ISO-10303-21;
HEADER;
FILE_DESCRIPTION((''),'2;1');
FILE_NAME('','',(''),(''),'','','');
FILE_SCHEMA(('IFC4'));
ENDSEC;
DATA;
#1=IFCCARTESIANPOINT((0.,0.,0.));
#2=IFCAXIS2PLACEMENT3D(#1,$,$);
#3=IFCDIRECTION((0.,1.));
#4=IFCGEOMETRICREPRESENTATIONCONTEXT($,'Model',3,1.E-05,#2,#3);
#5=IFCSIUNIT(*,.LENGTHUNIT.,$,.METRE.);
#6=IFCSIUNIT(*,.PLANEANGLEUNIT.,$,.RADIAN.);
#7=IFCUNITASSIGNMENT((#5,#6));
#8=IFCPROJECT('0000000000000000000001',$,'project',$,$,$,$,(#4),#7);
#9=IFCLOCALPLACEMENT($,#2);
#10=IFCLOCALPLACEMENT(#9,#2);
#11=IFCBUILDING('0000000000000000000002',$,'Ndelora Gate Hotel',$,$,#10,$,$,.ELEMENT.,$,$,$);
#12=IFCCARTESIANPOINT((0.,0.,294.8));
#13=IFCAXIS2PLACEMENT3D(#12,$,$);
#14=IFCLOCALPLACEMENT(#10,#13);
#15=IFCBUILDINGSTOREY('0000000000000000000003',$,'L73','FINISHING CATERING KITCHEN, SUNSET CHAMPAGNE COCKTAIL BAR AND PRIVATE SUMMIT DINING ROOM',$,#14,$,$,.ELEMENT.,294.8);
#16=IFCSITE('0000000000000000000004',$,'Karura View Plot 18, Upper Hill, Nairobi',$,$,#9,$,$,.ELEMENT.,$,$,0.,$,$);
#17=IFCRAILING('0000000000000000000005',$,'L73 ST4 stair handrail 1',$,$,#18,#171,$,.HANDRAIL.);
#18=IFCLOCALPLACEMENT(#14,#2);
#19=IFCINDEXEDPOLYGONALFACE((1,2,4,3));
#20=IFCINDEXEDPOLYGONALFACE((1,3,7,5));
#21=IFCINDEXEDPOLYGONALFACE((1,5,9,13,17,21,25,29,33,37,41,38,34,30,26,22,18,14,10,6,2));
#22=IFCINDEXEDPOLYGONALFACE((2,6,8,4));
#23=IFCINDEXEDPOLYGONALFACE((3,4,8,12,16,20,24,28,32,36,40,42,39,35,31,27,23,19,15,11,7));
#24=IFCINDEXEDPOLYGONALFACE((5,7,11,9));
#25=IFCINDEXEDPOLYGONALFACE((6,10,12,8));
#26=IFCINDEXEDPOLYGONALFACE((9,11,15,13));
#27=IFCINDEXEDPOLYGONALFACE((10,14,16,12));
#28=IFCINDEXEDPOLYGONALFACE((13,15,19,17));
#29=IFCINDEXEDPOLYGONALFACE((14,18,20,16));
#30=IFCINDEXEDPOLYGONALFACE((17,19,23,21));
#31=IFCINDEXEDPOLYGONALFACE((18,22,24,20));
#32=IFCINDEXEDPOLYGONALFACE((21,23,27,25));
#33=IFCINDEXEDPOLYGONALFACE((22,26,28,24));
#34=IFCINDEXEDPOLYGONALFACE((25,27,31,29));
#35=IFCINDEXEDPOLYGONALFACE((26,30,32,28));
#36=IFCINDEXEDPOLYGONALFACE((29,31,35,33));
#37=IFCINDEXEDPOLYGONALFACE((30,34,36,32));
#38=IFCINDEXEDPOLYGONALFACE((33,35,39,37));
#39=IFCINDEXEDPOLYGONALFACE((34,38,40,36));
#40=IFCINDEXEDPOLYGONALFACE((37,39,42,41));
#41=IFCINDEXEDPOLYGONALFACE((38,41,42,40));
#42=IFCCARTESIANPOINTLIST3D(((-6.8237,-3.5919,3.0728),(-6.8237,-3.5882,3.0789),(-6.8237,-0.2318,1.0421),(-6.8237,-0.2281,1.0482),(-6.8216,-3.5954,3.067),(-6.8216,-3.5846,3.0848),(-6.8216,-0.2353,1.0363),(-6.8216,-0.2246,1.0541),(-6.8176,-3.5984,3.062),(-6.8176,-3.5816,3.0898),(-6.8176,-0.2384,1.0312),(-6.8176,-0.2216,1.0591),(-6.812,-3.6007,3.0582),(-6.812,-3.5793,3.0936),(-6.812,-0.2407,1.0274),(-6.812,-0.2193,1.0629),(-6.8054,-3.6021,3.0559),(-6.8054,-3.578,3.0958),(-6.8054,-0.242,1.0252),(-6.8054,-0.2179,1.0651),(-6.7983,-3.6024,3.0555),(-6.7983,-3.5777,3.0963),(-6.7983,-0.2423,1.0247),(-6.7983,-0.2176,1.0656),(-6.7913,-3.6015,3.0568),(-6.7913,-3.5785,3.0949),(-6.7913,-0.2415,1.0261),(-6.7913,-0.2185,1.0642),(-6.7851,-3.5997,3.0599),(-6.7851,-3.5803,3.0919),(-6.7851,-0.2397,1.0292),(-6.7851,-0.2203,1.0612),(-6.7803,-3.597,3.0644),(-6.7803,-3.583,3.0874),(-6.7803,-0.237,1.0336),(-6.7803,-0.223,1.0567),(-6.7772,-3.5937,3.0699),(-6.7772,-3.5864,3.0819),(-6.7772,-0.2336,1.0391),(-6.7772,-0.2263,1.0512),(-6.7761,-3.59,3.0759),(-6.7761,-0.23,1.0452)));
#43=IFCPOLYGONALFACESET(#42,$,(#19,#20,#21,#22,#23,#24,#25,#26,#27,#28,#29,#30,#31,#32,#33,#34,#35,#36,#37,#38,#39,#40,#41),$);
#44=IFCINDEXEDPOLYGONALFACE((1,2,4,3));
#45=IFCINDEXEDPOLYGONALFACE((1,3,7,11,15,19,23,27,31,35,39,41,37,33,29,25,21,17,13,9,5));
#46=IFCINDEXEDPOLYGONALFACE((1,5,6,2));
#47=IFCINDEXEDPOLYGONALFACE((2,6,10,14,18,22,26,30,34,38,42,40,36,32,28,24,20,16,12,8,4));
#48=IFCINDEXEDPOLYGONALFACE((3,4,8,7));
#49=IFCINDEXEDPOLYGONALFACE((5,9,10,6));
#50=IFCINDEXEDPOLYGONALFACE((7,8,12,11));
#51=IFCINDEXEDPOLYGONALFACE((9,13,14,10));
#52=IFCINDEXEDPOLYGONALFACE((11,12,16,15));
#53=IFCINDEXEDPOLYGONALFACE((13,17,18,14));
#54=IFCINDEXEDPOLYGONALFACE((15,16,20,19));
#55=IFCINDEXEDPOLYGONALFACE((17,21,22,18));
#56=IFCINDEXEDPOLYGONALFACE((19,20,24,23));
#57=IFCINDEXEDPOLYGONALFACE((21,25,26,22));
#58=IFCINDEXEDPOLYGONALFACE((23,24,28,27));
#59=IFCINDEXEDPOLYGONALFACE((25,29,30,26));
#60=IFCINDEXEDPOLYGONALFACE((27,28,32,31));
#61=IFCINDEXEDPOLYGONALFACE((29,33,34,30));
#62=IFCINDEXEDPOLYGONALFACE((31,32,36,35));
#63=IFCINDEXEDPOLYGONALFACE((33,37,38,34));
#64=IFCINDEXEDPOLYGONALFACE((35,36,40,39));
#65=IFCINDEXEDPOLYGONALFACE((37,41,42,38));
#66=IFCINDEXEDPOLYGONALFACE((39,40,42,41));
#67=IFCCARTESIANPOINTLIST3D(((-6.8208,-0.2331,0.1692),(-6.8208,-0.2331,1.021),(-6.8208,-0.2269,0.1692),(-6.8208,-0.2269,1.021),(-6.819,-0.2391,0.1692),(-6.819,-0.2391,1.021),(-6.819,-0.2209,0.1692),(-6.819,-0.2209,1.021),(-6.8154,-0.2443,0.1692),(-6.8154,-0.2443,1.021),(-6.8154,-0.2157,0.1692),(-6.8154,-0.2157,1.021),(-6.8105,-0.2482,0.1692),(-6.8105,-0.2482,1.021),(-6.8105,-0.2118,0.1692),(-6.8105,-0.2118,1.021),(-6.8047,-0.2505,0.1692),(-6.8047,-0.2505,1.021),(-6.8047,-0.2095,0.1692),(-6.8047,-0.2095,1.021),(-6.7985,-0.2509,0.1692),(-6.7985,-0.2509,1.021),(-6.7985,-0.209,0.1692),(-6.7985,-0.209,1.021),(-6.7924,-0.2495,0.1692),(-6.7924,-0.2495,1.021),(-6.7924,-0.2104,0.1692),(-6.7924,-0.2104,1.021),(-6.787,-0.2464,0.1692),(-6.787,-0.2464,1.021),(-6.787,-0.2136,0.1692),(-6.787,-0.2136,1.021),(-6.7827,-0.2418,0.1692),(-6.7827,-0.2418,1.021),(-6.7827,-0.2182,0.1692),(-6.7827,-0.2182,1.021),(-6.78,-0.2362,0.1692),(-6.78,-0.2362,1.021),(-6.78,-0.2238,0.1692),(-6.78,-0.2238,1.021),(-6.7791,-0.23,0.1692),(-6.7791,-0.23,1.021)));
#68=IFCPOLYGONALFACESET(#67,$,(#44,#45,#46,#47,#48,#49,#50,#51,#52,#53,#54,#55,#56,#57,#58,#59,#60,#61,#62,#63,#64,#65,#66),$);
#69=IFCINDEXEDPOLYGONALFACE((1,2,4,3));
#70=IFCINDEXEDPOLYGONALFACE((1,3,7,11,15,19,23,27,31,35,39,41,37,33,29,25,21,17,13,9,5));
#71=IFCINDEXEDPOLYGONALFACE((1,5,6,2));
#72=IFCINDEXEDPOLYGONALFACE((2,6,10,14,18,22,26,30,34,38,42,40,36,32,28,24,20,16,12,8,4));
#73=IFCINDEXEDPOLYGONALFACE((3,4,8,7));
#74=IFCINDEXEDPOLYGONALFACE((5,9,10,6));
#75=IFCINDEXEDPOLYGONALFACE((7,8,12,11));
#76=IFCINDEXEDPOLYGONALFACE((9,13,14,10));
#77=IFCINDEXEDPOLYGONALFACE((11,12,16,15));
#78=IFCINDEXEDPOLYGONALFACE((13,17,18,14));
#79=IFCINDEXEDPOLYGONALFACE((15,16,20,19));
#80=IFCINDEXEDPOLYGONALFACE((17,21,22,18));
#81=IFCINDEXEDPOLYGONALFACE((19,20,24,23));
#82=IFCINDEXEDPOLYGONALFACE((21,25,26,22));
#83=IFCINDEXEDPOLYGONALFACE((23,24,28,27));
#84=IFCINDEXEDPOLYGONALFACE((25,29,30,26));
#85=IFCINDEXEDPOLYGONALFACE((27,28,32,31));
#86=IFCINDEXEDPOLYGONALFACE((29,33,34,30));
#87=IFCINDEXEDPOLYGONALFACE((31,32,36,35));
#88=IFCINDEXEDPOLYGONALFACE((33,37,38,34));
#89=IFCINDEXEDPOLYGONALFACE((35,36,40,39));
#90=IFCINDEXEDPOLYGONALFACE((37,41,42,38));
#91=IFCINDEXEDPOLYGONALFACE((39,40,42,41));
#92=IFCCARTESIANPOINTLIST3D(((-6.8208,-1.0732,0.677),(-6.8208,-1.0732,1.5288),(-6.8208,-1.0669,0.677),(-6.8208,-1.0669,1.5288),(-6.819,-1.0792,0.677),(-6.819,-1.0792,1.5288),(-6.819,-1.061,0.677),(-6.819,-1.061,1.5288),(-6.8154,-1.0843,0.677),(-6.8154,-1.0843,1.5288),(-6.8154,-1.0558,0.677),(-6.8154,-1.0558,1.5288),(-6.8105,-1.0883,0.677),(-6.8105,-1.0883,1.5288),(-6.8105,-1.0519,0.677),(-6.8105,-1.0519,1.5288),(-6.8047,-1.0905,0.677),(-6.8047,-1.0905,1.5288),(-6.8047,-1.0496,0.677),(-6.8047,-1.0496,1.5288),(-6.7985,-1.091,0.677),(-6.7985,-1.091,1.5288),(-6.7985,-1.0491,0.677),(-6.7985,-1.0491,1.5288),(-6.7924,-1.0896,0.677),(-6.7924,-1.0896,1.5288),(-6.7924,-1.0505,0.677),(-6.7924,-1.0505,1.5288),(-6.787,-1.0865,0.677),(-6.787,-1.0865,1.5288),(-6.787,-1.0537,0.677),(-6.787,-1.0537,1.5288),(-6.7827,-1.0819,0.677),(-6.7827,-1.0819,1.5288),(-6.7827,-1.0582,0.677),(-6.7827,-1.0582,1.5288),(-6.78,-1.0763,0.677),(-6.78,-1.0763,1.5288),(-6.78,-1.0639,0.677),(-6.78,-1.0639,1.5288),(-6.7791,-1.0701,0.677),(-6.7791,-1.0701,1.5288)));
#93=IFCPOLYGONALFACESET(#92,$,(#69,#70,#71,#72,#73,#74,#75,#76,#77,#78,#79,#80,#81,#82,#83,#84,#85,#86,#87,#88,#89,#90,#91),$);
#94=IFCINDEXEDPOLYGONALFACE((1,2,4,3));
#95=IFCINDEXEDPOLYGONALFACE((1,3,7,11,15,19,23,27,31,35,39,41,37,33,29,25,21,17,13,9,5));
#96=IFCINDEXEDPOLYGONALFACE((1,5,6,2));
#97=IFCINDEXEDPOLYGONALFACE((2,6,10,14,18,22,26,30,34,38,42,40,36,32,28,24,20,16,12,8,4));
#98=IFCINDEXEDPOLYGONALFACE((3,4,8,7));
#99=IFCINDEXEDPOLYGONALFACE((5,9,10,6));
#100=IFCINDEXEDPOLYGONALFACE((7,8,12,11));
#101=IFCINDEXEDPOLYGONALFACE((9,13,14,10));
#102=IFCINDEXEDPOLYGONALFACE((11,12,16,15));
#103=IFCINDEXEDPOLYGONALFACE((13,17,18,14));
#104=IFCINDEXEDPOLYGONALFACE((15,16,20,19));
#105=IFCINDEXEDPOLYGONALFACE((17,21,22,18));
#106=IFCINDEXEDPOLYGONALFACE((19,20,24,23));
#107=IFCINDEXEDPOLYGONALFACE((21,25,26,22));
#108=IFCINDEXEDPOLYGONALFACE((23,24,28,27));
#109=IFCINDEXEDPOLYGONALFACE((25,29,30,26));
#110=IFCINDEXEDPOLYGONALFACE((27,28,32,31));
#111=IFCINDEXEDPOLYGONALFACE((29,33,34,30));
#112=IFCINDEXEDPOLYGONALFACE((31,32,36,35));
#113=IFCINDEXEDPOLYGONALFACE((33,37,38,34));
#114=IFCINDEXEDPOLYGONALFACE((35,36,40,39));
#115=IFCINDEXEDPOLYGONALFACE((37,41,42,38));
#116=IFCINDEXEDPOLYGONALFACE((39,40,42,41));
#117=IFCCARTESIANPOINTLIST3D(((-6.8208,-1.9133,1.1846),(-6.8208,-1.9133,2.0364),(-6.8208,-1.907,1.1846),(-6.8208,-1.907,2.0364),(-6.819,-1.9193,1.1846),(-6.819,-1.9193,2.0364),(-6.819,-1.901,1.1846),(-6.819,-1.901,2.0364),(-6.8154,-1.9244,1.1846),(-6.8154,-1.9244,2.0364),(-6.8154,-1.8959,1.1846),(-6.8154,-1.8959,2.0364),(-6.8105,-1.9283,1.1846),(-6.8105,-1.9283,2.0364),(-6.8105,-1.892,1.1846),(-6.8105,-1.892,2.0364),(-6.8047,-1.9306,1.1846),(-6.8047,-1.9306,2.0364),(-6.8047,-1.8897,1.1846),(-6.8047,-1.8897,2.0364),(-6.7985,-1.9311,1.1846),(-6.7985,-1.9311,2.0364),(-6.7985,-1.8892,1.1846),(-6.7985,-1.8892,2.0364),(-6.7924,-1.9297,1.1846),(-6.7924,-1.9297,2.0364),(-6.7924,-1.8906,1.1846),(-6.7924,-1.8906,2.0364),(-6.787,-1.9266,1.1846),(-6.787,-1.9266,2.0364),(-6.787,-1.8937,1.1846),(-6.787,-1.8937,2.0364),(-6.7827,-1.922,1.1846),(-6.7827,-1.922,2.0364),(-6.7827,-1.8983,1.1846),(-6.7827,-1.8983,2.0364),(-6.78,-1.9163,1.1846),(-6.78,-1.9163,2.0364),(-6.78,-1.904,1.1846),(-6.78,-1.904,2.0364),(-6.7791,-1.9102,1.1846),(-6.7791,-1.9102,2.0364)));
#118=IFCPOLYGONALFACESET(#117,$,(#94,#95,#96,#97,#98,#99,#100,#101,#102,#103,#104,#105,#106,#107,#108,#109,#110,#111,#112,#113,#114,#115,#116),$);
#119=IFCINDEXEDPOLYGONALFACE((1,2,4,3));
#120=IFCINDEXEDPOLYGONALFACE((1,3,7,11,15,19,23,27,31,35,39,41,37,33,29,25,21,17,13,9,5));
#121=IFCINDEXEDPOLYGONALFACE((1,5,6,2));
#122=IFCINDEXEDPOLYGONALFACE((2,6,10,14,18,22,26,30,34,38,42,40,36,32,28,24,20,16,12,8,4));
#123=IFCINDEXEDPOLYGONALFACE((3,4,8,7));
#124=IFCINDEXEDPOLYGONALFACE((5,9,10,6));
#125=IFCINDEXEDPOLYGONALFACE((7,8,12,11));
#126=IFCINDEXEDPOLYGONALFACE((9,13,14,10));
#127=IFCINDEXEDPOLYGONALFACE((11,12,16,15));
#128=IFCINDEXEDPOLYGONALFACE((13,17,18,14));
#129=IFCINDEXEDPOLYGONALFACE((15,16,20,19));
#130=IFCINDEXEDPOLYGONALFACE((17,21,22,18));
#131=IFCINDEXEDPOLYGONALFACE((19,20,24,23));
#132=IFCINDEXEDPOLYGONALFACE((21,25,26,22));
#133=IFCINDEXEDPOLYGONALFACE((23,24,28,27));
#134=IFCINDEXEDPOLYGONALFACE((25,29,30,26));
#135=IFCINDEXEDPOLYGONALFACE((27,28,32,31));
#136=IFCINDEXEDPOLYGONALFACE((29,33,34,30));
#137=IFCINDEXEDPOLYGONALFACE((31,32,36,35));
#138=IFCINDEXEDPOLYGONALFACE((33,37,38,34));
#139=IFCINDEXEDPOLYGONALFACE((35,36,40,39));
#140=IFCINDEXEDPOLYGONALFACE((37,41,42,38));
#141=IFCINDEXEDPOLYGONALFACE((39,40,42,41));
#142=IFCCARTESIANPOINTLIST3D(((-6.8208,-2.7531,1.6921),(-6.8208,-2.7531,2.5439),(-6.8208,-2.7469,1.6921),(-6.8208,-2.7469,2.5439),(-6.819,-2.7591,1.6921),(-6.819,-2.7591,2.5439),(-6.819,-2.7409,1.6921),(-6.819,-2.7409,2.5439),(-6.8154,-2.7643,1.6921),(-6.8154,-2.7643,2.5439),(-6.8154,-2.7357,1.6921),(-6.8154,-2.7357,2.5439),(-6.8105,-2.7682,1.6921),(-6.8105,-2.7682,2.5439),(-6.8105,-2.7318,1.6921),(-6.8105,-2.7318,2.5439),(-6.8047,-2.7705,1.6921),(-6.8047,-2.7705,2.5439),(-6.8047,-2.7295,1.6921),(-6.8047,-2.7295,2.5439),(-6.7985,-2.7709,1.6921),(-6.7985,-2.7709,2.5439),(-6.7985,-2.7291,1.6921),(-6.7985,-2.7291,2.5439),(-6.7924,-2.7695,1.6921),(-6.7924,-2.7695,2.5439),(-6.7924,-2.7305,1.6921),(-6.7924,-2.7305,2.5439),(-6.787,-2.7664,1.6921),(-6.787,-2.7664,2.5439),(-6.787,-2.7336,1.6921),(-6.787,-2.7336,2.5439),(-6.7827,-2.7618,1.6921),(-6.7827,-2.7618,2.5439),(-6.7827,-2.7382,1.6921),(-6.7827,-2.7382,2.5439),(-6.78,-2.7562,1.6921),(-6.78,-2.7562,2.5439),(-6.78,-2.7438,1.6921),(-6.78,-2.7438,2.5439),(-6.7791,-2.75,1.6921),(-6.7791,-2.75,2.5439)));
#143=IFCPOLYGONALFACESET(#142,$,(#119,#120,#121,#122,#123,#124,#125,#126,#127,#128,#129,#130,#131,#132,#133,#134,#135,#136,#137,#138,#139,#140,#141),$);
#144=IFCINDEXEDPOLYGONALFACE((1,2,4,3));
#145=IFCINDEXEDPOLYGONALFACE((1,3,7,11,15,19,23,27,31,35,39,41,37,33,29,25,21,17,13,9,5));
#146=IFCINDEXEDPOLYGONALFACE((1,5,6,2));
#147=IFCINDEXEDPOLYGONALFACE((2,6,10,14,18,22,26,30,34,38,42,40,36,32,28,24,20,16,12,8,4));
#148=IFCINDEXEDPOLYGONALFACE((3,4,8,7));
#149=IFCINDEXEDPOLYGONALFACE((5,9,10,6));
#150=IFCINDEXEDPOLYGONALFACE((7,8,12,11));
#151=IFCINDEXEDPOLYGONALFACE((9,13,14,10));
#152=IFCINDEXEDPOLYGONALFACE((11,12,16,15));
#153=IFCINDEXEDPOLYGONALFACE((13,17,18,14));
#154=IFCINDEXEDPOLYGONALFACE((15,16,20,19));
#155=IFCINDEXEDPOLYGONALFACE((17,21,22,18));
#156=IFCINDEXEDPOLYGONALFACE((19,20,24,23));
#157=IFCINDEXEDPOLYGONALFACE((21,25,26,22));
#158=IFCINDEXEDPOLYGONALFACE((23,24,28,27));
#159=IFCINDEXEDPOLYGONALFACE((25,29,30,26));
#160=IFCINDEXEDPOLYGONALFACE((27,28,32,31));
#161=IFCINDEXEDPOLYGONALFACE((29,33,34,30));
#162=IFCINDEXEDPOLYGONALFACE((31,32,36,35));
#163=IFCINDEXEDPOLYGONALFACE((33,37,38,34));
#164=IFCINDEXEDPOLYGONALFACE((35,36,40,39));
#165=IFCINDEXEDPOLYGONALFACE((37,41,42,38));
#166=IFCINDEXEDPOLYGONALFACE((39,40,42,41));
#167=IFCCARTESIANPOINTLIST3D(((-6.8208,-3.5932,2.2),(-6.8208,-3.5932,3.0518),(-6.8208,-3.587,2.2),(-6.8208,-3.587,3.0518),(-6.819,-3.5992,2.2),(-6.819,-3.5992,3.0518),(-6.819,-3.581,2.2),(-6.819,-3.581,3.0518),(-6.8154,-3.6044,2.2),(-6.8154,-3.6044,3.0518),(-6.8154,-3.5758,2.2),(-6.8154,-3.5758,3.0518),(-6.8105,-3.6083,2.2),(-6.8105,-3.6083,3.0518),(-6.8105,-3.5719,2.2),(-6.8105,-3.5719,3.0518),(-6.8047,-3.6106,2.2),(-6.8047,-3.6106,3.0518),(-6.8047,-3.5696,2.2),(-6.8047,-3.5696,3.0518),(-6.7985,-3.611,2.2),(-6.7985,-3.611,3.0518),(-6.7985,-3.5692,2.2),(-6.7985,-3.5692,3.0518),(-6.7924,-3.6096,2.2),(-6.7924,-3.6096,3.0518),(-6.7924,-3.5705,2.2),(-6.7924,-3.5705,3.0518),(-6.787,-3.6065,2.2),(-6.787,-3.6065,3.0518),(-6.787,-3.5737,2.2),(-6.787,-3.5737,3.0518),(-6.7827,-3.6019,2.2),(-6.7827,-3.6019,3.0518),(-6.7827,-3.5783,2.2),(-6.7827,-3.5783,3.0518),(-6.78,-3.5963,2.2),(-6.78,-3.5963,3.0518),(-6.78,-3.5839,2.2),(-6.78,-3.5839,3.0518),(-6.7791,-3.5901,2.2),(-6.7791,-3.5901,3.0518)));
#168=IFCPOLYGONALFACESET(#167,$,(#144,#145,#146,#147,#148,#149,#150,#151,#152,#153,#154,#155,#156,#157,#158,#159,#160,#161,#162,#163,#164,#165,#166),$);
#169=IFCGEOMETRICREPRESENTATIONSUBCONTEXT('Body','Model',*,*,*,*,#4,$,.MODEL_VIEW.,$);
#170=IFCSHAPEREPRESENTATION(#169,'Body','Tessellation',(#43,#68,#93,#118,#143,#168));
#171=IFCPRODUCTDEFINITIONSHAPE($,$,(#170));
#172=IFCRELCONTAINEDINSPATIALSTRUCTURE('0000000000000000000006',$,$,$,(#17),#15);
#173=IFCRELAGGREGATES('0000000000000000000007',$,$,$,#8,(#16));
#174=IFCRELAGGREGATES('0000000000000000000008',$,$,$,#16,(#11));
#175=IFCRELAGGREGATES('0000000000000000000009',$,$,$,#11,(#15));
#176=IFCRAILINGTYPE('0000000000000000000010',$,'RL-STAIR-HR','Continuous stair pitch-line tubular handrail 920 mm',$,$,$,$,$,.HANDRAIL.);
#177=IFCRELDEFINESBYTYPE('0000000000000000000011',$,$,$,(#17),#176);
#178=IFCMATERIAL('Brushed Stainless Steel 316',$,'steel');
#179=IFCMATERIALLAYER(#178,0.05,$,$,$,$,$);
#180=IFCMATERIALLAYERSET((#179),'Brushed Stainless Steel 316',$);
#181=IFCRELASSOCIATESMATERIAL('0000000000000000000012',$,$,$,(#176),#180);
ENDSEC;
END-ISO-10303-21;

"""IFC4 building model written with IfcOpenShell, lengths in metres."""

from ifc_helpers import new_model, si_unit, direction, frame, origin, origin_2d, place, context, subcontext, project, spatial, circle, extrude, material, layer, layer_set, type_object, element, save


model = new_model("IFC4")

# Units and contexts
model_context = context("Model", 3, precision=1e-05, world=origin(), true_north=direction((0.0, 1.0)))
body_context = subcontext(model_context, "Body", "Model", "MODEL_VIEW")
ifc_project = project(units=[si_unit("LENGTHUNIT", "METRE"), si_unit("PLANEANGLEUNIT", "RADIAN")], contexts=[model_context])

# Site, building, storey
site_placement = place(None, origin())
site = spatial("IfcSite", under=ifc_project, at=site_placement, Name="Karura View Plot 18, Upper Hill, Nairobi", CompositionType="ELEMENT", RefElevation=0.0)
building_placement = place(site_placement, origin())
building = spatial("IfcBuilding", under=site, at=building_placement, Name="Ndelora Gate Hotel", CompositionType="ELEMENT")
storey_placement = place(building_placement, frame((0.0, 0.0, 294.8)))
storey = spatial("IfcBuildingStorey", under=building, at=storey_placement, Name="L73", Description="FINISHING CATERING KITCHEN, SUNSET CHAMPAGNE COCKTAIL BAR AND PRIVATE SUMMIT DINING ROOM", CompositionType="ELEMENT", Elevation=294.8)

# Railing
ifc_material_1 = material(Name="Brushed Stainless Steel 316", Category="steel")
ifc_layer_1 = layer(ifc_material_1, 0.05)
ifc_layer_set_1 = layer_set([ifc_layer_1], Name="Brushed Stainless Steel 316")
railing_type_1 = type_object("IfcRailingType", Name="RL-STAIR-HR", Description="Continuous stair pitch-line tubular handrail 920 mm", PredefinedType="HANDRAIL", material=ifc_layer_set_1)
railing_1_placement = place(storey_placement, frame((-6.8, -0.23, 0.1692)))
element("IfcRailing", 1, at=railing_1_placement, inside=storey, type_object=railing_type_1, Name="L73 ST4 stair handrail 1", PredefinedType="HANDRAIL", context=body_context, shape_type="SweptSolid", body=[
    extrude(circle(Radius=0.0239, at=origin_2d()), frame((0.0, 0.0, 0.876), z_axis=(0.0, -0.855837, 0.517246), x_axis=(1.0, 0.0, 0.0)), (0.0, 0.0, 1.0), 3.926),
    extrude(circle(Radius=0.021, at=origin_2d()), origin(), (0.0, 0.0, 1.0), 0.8518),
    extrude(circle(Radius=0.021, at=origin_2d()), frame((0.0, -0.8401, 0.5078)), (0.0, 0.0, 1.0), 0.8518),
    extrude(circle(Radius=0.021, at=origin_2d()), frame((0.0, -1.6802, 1.0154)), (0.0, 0.0, 1.0), 0.8518),
    extrude(circle(Radius=0.021, at=origin_2d()), frame((0.0, -2.52, 1.5229)), (0.0, 0.0, 1.0), 0.8518),
    extrude(circle(Radius=0.021, at=origin_2d()), frame((0.0, -3.3601, 2.0308)), (0.0, 0.0, 1.0), 0.8518),
])

save(model, "model.ifc")
